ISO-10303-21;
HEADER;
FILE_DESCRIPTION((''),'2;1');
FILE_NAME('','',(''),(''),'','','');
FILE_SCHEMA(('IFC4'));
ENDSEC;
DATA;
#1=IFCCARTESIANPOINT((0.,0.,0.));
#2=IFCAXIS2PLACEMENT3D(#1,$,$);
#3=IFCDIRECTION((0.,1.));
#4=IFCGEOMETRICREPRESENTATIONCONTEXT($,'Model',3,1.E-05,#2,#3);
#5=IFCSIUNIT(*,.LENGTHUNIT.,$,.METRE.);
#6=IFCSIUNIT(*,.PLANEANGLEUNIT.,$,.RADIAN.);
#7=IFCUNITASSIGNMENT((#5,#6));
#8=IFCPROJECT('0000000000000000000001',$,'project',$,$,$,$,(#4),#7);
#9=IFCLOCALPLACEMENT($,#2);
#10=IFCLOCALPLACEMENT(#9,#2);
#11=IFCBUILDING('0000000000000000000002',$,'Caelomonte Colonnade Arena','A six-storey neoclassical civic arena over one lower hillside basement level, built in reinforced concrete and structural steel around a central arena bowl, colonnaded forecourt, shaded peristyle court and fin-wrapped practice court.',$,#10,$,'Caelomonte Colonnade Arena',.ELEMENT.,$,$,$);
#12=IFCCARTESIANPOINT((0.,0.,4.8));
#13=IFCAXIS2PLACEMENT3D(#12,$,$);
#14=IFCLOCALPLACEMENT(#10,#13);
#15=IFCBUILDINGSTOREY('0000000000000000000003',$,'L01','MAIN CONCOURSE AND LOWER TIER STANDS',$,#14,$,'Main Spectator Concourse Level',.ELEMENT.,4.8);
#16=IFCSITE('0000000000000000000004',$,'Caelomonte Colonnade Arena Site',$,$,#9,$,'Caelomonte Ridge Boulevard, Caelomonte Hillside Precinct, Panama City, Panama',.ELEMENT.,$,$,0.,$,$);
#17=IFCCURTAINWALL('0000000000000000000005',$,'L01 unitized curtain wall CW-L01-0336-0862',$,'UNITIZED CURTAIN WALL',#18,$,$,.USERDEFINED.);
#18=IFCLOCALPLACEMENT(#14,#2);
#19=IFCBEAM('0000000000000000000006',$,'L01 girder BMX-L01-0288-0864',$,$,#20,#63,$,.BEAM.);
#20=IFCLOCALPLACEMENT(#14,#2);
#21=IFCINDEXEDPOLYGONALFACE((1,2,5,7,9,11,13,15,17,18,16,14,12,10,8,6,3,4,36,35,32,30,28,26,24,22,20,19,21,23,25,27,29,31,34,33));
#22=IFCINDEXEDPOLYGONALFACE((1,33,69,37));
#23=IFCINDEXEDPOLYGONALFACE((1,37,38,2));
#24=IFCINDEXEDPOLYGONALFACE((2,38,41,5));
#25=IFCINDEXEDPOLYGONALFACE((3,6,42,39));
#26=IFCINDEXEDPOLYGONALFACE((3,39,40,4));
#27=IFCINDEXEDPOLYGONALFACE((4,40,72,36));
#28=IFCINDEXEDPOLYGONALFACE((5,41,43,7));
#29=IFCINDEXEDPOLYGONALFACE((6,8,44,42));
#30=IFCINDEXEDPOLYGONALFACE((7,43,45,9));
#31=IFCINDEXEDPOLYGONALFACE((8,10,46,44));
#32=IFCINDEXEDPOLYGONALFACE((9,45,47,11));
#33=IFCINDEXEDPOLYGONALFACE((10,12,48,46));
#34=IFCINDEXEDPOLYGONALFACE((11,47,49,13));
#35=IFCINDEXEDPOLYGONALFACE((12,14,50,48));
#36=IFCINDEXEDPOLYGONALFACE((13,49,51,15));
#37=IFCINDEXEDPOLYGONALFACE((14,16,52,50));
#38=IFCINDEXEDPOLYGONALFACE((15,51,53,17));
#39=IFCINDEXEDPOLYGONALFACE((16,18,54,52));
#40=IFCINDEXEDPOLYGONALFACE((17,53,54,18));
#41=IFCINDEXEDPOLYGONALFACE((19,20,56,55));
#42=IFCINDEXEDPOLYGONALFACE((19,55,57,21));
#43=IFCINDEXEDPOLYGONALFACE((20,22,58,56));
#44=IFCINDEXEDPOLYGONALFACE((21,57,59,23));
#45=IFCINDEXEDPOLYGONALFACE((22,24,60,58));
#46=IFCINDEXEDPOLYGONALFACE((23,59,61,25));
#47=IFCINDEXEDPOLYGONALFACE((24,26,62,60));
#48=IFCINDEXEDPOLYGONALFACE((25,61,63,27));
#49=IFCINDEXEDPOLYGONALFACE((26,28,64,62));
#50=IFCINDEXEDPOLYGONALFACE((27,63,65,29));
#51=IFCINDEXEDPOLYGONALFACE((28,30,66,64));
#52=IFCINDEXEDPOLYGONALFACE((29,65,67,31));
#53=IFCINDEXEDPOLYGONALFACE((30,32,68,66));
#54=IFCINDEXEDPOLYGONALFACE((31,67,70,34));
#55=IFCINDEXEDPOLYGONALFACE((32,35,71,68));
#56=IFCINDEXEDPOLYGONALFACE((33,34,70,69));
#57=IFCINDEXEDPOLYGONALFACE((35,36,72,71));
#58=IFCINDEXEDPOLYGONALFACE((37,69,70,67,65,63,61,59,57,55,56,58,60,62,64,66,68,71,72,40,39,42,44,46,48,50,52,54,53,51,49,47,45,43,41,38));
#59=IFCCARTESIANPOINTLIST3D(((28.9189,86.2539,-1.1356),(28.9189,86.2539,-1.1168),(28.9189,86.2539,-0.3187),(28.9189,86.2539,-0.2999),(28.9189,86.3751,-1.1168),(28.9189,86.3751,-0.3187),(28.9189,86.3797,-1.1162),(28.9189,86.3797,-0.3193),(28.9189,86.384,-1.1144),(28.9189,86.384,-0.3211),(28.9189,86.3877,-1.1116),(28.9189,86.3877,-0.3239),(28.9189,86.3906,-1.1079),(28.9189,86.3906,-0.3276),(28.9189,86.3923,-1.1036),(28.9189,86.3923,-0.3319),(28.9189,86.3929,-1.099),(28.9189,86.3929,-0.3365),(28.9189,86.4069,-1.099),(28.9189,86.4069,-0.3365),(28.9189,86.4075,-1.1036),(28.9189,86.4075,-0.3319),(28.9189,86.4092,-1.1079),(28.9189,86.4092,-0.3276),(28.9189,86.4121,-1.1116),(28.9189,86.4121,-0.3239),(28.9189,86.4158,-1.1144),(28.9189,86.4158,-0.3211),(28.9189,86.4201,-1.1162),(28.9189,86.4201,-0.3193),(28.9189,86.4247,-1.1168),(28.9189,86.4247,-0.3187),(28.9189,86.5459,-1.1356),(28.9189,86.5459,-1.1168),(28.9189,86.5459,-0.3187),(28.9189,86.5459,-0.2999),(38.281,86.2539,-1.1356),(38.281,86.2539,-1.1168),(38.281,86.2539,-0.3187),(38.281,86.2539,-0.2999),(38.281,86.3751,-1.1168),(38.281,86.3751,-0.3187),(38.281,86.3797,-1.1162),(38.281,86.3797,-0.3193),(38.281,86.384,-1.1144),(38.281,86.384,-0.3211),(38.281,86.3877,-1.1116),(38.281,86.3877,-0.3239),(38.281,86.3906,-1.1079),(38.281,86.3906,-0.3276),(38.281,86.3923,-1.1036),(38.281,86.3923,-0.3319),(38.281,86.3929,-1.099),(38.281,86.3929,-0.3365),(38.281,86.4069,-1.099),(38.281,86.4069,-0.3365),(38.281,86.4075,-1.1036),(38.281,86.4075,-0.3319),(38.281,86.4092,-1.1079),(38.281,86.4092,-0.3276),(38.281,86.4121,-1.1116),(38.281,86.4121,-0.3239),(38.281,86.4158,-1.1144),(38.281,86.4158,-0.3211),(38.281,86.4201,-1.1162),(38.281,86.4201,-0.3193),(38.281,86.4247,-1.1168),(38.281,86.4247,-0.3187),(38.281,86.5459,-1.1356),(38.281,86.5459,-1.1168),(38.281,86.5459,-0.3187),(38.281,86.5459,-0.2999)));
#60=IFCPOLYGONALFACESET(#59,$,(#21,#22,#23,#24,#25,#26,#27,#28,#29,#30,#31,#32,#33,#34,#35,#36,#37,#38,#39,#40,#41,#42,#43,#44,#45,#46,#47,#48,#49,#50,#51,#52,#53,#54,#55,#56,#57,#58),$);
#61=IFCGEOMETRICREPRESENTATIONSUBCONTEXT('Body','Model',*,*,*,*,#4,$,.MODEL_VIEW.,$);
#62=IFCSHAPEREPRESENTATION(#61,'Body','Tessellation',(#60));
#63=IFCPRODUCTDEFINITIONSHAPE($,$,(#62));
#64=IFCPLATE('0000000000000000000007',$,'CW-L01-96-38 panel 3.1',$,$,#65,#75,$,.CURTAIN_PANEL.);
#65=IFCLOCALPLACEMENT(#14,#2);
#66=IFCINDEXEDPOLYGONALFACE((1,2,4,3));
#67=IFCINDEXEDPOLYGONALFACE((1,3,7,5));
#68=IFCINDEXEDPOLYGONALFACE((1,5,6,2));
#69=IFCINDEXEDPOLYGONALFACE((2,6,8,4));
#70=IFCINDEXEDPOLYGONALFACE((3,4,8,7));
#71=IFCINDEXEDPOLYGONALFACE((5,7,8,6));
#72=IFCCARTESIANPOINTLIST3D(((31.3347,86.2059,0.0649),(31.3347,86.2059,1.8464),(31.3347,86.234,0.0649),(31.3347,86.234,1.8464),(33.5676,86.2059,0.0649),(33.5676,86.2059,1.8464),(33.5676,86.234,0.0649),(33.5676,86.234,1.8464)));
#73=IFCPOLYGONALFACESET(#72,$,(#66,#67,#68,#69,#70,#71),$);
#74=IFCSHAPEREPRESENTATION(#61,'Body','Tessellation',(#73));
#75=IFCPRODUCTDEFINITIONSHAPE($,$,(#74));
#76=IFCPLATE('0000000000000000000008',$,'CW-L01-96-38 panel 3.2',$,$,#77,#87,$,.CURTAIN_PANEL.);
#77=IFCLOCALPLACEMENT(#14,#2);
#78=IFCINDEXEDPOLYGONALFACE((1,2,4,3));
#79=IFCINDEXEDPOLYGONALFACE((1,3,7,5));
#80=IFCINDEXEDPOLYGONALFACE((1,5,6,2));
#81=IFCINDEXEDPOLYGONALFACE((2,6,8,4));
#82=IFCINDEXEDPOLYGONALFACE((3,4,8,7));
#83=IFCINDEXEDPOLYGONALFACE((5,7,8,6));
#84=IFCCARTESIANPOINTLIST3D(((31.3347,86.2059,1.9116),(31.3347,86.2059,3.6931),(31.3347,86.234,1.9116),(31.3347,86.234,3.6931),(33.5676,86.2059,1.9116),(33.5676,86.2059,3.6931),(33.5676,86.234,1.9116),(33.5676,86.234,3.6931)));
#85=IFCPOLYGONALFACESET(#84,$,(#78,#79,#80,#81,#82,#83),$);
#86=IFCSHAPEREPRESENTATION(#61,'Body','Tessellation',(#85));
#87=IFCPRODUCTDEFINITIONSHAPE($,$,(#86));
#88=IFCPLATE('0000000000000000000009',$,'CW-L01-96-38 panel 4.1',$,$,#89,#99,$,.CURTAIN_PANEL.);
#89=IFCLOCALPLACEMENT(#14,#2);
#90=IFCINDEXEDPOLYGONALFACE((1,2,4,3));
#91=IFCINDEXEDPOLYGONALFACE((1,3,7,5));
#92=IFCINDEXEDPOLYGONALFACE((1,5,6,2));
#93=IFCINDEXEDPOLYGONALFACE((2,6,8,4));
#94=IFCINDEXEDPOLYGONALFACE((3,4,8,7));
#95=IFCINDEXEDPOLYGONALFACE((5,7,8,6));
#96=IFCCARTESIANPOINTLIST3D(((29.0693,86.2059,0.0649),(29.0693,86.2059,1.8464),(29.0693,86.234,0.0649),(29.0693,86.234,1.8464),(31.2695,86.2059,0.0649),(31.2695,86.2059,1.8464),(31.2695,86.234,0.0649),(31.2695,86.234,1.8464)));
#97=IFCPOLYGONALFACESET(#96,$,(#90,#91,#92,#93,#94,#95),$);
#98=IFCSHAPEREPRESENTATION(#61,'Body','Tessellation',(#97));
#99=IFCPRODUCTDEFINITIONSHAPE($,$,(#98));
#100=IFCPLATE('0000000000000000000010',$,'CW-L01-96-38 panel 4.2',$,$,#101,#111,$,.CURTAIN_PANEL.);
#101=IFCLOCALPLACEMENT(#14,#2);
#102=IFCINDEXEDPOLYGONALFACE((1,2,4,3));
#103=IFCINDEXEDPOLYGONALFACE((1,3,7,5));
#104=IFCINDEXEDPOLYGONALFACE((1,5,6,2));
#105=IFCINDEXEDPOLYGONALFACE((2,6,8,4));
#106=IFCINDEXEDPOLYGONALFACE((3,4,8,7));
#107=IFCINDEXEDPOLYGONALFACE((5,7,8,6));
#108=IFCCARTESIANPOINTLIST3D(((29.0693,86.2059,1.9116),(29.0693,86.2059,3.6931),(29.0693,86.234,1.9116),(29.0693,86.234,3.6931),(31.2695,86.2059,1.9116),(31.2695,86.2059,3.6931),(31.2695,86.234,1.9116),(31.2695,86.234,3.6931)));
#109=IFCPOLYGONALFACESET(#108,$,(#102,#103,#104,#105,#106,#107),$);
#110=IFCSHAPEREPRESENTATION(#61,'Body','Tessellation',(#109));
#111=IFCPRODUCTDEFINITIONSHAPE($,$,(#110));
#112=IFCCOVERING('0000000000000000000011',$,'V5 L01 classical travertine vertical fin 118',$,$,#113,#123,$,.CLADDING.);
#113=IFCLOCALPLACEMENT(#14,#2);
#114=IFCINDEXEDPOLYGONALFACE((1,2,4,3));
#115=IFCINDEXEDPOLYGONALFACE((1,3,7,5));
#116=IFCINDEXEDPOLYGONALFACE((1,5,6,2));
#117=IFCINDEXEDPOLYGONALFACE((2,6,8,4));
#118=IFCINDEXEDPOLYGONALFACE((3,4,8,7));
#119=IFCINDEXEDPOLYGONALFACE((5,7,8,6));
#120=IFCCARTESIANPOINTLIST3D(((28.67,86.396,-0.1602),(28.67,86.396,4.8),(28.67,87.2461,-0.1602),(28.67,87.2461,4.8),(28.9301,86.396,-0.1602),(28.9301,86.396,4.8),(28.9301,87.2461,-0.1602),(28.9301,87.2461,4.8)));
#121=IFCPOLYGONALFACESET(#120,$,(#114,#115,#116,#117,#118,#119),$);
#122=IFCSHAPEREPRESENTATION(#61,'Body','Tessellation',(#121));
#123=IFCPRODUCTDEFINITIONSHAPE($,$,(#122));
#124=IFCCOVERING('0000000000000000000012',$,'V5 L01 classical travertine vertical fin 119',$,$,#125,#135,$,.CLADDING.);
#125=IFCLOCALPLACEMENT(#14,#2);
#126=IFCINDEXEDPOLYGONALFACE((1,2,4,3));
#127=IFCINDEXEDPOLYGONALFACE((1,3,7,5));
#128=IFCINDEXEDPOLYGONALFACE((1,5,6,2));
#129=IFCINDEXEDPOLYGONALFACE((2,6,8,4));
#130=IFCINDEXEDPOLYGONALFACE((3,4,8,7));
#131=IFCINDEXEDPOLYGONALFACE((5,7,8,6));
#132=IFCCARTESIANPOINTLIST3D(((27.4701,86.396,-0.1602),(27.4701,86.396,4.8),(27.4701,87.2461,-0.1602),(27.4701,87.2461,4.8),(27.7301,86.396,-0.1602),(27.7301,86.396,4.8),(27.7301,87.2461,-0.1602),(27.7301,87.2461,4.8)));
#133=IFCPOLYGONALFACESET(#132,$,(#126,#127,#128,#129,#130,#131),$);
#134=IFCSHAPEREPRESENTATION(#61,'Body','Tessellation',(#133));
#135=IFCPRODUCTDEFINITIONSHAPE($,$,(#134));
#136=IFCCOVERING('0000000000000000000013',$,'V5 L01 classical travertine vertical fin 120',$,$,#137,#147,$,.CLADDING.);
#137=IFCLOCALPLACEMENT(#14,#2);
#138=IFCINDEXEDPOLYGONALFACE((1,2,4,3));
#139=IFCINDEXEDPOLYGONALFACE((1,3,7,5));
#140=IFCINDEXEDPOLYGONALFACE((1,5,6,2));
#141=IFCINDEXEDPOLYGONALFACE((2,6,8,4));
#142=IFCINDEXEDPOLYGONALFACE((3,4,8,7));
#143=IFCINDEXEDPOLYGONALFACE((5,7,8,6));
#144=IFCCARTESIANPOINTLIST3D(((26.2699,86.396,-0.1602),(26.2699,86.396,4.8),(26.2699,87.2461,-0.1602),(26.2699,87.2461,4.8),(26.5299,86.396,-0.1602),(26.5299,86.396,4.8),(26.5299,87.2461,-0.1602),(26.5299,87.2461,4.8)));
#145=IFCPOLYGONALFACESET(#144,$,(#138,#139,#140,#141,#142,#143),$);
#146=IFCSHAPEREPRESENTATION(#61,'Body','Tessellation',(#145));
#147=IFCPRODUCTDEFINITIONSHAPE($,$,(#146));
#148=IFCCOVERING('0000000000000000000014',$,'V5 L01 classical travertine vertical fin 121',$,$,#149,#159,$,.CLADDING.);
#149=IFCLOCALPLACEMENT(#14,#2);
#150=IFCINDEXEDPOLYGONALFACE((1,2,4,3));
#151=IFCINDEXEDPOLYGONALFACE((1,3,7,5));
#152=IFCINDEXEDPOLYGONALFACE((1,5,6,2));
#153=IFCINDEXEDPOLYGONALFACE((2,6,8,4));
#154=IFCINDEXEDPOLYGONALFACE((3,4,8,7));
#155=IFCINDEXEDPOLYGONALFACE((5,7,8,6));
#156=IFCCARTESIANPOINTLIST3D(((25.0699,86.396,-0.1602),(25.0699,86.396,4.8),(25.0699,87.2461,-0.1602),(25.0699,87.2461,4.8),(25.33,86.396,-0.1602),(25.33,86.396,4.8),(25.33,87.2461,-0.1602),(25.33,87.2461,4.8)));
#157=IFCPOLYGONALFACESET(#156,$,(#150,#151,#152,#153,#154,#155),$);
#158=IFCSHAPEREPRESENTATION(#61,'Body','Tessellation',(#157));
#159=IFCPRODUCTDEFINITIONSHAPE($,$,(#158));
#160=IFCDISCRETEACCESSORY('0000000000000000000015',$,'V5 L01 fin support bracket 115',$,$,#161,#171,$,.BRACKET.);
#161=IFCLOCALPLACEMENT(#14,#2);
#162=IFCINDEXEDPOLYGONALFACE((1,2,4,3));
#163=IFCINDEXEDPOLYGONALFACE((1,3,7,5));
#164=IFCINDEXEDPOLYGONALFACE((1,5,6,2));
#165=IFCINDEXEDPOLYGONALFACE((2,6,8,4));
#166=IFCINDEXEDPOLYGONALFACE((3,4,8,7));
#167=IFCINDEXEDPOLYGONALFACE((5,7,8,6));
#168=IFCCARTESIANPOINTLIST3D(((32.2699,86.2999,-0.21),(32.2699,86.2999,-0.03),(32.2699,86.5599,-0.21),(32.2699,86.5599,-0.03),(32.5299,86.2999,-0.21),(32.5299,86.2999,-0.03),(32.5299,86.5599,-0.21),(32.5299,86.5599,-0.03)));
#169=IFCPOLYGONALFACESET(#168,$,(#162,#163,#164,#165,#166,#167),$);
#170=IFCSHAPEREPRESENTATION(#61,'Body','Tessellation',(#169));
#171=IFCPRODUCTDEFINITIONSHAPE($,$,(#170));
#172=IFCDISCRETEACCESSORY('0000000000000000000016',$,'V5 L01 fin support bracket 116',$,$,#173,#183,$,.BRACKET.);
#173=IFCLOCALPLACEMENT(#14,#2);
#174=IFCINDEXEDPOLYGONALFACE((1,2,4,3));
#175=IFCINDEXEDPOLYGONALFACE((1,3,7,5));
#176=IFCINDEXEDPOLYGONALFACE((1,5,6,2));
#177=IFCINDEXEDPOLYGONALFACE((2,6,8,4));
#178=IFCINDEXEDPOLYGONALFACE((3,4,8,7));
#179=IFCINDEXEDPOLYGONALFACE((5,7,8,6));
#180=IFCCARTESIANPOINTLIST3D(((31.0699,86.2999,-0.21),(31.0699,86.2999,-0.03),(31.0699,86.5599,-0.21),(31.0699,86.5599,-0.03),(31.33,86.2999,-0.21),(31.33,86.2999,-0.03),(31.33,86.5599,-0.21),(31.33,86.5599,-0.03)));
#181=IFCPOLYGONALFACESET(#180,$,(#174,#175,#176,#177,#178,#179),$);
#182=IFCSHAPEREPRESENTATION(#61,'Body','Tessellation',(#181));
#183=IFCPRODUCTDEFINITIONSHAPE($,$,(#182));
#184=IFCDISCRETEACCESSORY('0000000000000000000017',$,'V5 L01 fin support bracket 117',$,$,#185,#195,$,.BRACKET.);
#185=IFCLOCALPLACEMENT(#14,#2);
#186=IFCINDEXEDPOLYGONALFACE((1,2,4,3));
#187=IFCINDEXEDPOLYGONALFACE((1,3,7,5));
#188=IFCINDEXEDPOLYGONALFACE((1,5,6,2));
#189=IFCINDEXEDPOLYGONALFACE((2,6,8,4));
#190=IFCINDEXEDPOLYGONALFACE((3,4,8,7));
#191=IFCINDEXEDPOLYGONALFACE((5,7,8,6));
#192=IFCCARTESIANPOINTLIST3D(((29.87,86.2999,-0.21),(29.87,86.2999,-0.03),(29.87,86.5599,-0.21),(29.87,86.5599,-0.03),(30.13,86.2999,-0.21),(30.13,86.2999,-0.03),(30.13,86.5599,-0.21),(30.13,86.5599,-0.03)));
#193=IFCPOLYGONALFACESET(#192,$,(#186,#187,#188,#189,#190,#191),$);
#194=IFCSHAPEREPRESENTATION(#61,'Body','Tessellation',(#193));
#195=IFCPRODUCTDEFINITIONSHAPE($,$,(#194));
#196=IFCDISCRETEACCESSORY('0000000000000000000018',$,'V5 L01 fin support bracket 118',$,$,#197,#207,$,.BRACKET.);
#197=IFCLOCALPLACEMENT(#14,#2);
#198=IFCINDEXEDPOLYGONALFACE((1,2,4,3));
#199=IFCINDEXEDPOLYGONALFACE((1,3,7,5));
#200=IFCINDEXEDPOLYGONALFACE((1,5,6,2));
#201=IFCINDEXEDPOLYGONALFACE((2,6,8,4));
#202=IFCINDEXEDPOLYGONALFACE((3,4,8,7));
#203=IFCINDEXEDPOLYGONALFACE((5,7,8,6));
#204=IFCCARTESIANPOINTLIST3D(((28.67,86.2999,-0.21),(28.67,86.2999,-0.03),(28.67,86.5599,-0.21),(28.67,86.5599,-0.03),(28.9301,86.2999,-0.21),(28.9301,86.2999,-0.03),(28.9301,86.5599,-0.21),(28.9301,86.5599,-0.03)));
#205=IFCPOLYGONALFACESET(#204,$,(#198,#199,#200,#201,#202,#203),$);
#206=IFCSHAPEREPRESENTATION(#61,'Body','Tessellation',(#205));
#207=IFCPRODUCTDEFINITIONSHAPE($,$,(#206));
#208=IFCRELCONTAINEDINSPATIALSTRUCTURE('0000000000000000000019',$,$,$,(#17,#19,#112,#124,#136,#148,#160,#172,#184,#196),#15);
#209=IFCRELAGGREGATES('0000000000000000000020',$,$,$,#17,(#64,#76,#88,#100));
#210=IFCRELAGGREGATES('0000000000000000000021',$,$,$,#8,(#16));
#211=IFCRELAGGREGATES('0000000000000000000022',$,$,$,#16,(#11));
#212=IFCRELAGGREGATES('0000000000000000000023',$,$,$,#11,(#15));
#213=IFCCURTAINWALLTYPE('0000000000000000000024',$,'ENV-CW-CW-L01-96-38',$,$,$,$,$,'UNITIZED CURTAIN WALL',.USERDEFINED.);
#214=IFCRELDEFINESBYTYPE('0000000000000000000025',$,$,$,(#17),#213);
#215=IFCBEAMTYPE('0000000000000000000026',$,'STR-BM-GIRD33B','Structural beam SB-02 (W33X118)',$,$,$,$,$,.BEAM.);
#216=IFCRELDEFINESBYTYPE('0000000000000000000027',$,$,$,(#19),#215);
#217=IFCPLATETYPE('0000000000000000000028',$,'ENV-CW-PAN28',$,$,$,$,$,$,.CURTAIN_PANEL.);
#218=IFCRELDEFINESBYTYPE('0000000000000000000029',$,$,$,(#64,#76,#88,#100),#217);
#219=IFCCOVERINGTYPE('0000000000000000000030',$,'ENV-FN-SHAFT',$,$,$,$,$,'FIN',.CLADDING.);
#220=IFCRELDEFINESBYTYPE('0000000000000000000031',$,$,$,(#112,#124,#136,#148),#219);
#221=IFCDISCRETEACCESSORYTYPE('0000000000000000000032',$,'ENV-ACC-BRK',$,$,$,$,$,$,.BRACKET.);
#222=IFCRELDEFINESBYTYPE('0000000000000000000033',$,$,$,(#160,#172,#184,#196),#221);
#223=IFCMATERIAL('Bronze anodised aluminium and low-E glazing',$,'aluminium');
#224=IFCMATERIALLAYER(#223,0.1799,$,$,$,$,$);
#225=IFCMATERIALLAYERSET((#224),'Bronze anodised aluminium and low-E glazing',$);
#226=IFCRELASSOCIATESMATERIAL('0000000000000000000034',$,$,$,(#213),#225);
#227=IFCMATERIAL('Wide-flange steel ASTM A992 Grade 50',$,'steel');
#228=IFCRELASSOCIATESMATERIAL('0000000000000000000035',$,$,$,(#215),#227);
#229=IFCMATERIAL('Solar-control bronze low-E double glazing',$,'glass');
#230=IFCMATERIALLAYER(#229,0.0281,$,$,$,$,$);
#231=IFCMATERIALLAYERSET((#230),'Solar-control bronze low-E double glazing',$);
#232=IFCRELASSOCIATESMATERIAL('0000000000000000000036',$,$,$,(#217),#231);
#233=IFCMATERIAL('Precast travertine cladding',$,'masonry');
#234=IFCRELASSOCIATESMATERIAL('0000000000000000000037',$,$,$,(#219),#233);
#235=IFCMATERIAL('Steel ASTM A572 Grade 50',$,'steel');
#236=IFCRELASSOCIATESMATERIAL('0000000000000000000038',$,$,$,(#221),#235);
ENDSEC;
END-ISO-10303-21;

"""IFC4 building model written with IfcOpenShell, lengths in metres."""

from ifc_helpers import new_model, si_unit, direction, frame, origin, origin_2d, place, context, subcontext, project, spatial, rectangle, i_section, extrude, material, layer, layer_set, material_profile, profile_set, type_object, element, aggregate, save


model = new_model("IFC4")

# Units and contexts
model_context = context("Model", 3, precision=1e-05, world=origin(), true_north=direction((0.0, 1.0)))
body_context = subcontext(model_context, "Body", "Model", "MODEL_VIEW")
ifc_project = project(units=[si_unit("LENGTHUNIT", "METRE"), si_unit("PLANEANGLEUNIT", "RADIAN")], contexts=[model_context])

# Site, building, storey
site_placement = place(None, origin())
site = spatial("IfcSite", under=ifc_project, at=site_placement, Name="Caelomonte Colonnade Arena Site", LongName="Caelomonte Ridge Boulevard, Caelomonte Hillside Precinct, Panama City, Panama", CompositionType="ELEMENT", RefElevation=0.0)
building_placement = place(site_placement, origin())
building = spatial("IfcBuilding", under=site, at=building_placement, Name="Caelomonte Colonnade Arena", Description="A six-storey neoclassical civic arena over one lower hillside basement level, built in reinforced concrete and structural steel around a central arena bowl, colonnaded forecourt, shaded peristyle court and fin-wrapped practice court.", LongName="Caelomonte Colonnade Arena", CompositionType="ELEMENT")
storey_placement = place(building_placement, frame((0.0, 0.0, 4.8)))
storey = spatial("IfcBuildingStorey", under=building, at=storey_placement, Name="L01", Description="MAIN CONCOURSE AND LOWER TIER STANDS", LongName="Main Spectator Concourse Level", CompositionType="ELEMENT", Elevation=4.8)

# Shared definitions
ifc_material_1 = material(Name="Wide-flange steel ASTM A992 Grade 50", Category="steel")

# Curtain wall
ifc_material_2 = material(Name="Bronze anodised aluminium and low-E glazing", Category="aluminium")
ifc_layer_1 = layer(ifc_material_2, 0.1799)
ifc_layer_set_1 = layer_set([ifc_layer_1], Name="Bronze anodised aluminium and low-E glazing")
curtain_wall_type = type_object("IfcCurtainWallType", Name="ENV-CW-CW-L01-96-38", ElementType="UNITIZED CURTAIN WALL", PredefinedType="USERDEFINED", material=ifc_layer_set_1)
curtain_wall_placement = place(storey_placement, origin())
curtain_wall = element("IfcCurtainWall", 1, at=curtain_wall_placement, inside=storey, type_object=curtain_wall_type, Name="L01 unitized curtain wall CW-L01-0336-0862", ObjectType="UNITIZED CURTAIN WALL", PredefinedType="USERDEFINED")

# Beam
ifc_material_profile_1 = material_profile(ifc_material_1, i_section(OverallWidth=0.292, OverallDepth=0.8357, WebThickness=0.0139, FlangeThickness=0.0188, FilletRadius=0.0178, at=origin_2d()), Name="W33X118")
ifc_profile_set_1 = profile_set([ifc_material_profile_1], Name="Wide-flange steel ASTM A992 Grade 50")
beam_type_1 = type_object("IfcBeamType", Name="STR-BM-GIRD33B", Description="Structural beam SB-02 (W33X118)", PredefinedType="BEAM", material=ifc_profile_set_1)
beam_1_placement = place(storey_placement, frame((28.9189, 86.3999, -0.7178), z_axis=(1.0, 0.0, 0.0), x_axis=(0.0, 1.0, 0.0)))
element("IfcBeam", 2, at=beam_1_placement, inside=storey, type_object=beam_type_1, Name="L01 girder BMX-L01-0288-0864", PredefinedType="BEAM", context=body_context, shape_type="SweptSolid", body=[
    extrude(i_section(OverallWidth=0.292, OverallDepth=0.8357, WebThickness=0.0139, FlangeThickness=0.0188, FilletRadius=0.0178, at=origin_2d()), origin(), (0.0, 0.0, 1.0), 9.3621),
])

# Plates
ifc_material_3 = material(Name="Solar-control bronze low-E double glazing", Category="glass")
ifc_layer_2 = layer(ifc_material_3, 0.0281)
ifc_layer_set_2 = layer_set([ifc_layer_2], Name="Solar-control bronze low-E double glazing")
plate_type = type_object("IfcPlateType", Name="ENV-CW-PAN28", PredefinedType="CURTAIN_PANEL", material=ifc_layer_set_2)
plate_1_placement = place(storey_placement, frame((32.4512, 86.22, 0.0649), z_axis=(0.0, 0.0, 1.0), x_axis=(-1.0, 0.0, 0.0)))
plate_1 = element("IfcPlate", 3, at=plate_1_placement, type_object=plate_type, Name="CW-L01-96-38 panel 3.1", PredefinedType="CURTAIN_PANEL", context=body_context, shape_type="SweptSolid", body=[
    extrude(rectangle(XDim=2.2329, YDim=0.0281, at=origin_2d()), origin(), (0.0, 0.0, 1.0), 1.7815),
])
plate_2_placement = place(storey_placement, frame((32.4512, 86.22, 1.9116), z_axis=(0.0, 0.0, 1.0), x_axis=(-1.0, 0.0, 0.0)))
plate_2 = element("IfcPlate", 4, at=plate_2_placement, type_object=plate_type, Name="CW-L01-96-38 panel 3.2", PredefinedType="CURTAIN_PANEL", context=body_context, shape_type="SweptSolid", body=[
    extrude(rectangle(XDim=2.2329, YDim=0.0281, at=origin_2d()), origin(), (0.0, 0.0, 1.0), 1.7815),
])
plate_3_placement = place(storey_placement, frame((30.1694, 86.22, 0.0649), z_axis=(0.0, 0.0, 1.0), x_axis=(-1.0, 0.0, 0.0)))
plate_3 = element("IfcPlate", 5, at=plate_3_placement, type_object=plate_type, Name="CW-L01-96-38 panel 4.1", PredefinedType="CURTAIN_PANEL", context=body_context, shape_type="SweptSolid", body=[
    extrude(rectangle(XDim=2.2002, YDim=0.0281, at=origin_2d()), origin(), (0.0, 0.0, 1.0), 1.7815),
])
plate_4_placement = place(storey_placement, frame((30.1694, 86.22, 1.9116), z_axis=(0.0, 0.0, 1.0), x_axis=(-1.0, 0.0, 0.0)))
plate_4 = element("IfcPlate", 6, at=plate_4_placement, type_object=plate_type, Name="CW-L01-96-38 panel 4.2", PredefinedType="CURTAIN_PANEL", context=body_context, shape_type="SweptSolid", body=[
    extrude(rectangle(XDim=2.2002, YDim=0.0281, at=origin_2d()), origin(), (0.0, 0.0, 1.0), 1.7815),
])
aggregate(curtain_wall, [plate_1, plate_2, plate_3, plate_4])

# Coverings
ifc_material_4 = material(Name="Precast travertine cladding", Category="masonry")
ifc_material_profile_2 = material_profile(ifc_material_4, rectangle(XDim=0.26, YDim=0.8501, at=origin_2d()), Name="FIN260X850")
ifc_profile_set_2 = profile_set([ifc_material_profile_2], Name="Precast travertine cladding")
covering_type = type_object("IfcCoveringType", Name="ENV-FN-SHAFT", ElementType="FIN", PredefinedType="CLADDING", material=ifc_profile_set_2)
for number, where, z_axis, x_axis, name in (
    (7, (28.8, 86.821, -0.1602), (0.0, 0.0, 1.0), (1.0, 0.0, 0.0), "V5 L01 classical travertine vertical fin 118"),
    (8, (27.6001, 86.821, -0.1602), (0.0, 0.0, 1.0), (1.0, 0.0, 0.0), "V5 L01 classical travertine vertical fin 119"),
    (9, (26.3999, 86.821, -0.1602), (0.0, 0.0, 1.0), (1.0, 0.0, 0.0), "V5 L01 classical travertine vertical fin 120"),
    (10, (25.2, 86.821, -0.1602), (0.0, 0.0, 1.0), (1.0, 0.0, 0.0), "V5 L01 classical travertine vertical fin 121"),
):
    element("IfcCovering", number, at=place(storey_placement, frame(where, z_axis=z_axis, x_axis=x_axis)), inside=storey, type_object=covering_type, Name=name, PredefinedType="CLADDING", context=body_context, shape_type="SweptSolid", body=[
        extrude(rectangle(XDim=0.26, YDim=0.8501, at=origin_2d()), origin(), (0.0, 0.0, 1.0), 4.9602),
    ])

# Discrete accessories
ifc_material_5 = material(Name="Steel ASTM A572 Grade 50", Category="steel")
discrete_accessory_type = type_object("IfcDiscreteAccessoryType", Name="ENV-ACC-BRK", PredefinedType="BRACKET", material=ifc_material_5)
for number, where, z_axis, x_axis, name in (
    (11, (32.3999, 86.4299, -0.21), (0.0, 0.0, 1.0), (-1.0, 0.0, 0.0), "V5 L01 fin support bracket 115"),
    (12, (31.2, 86.4299, -0.21), (0.0, 0.0, 1.0), (-1.0, 0.0, 0.0), "V5 L01 fin support bracket 116"),
    (13, (30.0, 86.4299, -0.21), (0.0, 0.0, 1.0), (-1.0, 0.0, 0.0), "V5 L01 fin support bracket 117"),
    (14, (28.8, 86.4299, -0.21), (0.0, 0.0, 1.0), (-1.0, 0.0, 0.0), "V5 L01 fin support bracket 118"),
):
    element("IfcDiscreteAccessory", number, at=place(storey_placement, frame(where, z_axis=z_axis, x_axis=x_axis)), inside=storey, type_object=discrete_accessory_type, Name=name, PredefinedType="BRACKET", context=body_context, shape_type="SweptSolid", body=[
        extrude(rectangle(XDim=0.26, YDim=0.26, at=origin_2d()), origin(), (0.0, 0.0, 1.0), 0.1799),
    ])

save(model, "model.ifc")
